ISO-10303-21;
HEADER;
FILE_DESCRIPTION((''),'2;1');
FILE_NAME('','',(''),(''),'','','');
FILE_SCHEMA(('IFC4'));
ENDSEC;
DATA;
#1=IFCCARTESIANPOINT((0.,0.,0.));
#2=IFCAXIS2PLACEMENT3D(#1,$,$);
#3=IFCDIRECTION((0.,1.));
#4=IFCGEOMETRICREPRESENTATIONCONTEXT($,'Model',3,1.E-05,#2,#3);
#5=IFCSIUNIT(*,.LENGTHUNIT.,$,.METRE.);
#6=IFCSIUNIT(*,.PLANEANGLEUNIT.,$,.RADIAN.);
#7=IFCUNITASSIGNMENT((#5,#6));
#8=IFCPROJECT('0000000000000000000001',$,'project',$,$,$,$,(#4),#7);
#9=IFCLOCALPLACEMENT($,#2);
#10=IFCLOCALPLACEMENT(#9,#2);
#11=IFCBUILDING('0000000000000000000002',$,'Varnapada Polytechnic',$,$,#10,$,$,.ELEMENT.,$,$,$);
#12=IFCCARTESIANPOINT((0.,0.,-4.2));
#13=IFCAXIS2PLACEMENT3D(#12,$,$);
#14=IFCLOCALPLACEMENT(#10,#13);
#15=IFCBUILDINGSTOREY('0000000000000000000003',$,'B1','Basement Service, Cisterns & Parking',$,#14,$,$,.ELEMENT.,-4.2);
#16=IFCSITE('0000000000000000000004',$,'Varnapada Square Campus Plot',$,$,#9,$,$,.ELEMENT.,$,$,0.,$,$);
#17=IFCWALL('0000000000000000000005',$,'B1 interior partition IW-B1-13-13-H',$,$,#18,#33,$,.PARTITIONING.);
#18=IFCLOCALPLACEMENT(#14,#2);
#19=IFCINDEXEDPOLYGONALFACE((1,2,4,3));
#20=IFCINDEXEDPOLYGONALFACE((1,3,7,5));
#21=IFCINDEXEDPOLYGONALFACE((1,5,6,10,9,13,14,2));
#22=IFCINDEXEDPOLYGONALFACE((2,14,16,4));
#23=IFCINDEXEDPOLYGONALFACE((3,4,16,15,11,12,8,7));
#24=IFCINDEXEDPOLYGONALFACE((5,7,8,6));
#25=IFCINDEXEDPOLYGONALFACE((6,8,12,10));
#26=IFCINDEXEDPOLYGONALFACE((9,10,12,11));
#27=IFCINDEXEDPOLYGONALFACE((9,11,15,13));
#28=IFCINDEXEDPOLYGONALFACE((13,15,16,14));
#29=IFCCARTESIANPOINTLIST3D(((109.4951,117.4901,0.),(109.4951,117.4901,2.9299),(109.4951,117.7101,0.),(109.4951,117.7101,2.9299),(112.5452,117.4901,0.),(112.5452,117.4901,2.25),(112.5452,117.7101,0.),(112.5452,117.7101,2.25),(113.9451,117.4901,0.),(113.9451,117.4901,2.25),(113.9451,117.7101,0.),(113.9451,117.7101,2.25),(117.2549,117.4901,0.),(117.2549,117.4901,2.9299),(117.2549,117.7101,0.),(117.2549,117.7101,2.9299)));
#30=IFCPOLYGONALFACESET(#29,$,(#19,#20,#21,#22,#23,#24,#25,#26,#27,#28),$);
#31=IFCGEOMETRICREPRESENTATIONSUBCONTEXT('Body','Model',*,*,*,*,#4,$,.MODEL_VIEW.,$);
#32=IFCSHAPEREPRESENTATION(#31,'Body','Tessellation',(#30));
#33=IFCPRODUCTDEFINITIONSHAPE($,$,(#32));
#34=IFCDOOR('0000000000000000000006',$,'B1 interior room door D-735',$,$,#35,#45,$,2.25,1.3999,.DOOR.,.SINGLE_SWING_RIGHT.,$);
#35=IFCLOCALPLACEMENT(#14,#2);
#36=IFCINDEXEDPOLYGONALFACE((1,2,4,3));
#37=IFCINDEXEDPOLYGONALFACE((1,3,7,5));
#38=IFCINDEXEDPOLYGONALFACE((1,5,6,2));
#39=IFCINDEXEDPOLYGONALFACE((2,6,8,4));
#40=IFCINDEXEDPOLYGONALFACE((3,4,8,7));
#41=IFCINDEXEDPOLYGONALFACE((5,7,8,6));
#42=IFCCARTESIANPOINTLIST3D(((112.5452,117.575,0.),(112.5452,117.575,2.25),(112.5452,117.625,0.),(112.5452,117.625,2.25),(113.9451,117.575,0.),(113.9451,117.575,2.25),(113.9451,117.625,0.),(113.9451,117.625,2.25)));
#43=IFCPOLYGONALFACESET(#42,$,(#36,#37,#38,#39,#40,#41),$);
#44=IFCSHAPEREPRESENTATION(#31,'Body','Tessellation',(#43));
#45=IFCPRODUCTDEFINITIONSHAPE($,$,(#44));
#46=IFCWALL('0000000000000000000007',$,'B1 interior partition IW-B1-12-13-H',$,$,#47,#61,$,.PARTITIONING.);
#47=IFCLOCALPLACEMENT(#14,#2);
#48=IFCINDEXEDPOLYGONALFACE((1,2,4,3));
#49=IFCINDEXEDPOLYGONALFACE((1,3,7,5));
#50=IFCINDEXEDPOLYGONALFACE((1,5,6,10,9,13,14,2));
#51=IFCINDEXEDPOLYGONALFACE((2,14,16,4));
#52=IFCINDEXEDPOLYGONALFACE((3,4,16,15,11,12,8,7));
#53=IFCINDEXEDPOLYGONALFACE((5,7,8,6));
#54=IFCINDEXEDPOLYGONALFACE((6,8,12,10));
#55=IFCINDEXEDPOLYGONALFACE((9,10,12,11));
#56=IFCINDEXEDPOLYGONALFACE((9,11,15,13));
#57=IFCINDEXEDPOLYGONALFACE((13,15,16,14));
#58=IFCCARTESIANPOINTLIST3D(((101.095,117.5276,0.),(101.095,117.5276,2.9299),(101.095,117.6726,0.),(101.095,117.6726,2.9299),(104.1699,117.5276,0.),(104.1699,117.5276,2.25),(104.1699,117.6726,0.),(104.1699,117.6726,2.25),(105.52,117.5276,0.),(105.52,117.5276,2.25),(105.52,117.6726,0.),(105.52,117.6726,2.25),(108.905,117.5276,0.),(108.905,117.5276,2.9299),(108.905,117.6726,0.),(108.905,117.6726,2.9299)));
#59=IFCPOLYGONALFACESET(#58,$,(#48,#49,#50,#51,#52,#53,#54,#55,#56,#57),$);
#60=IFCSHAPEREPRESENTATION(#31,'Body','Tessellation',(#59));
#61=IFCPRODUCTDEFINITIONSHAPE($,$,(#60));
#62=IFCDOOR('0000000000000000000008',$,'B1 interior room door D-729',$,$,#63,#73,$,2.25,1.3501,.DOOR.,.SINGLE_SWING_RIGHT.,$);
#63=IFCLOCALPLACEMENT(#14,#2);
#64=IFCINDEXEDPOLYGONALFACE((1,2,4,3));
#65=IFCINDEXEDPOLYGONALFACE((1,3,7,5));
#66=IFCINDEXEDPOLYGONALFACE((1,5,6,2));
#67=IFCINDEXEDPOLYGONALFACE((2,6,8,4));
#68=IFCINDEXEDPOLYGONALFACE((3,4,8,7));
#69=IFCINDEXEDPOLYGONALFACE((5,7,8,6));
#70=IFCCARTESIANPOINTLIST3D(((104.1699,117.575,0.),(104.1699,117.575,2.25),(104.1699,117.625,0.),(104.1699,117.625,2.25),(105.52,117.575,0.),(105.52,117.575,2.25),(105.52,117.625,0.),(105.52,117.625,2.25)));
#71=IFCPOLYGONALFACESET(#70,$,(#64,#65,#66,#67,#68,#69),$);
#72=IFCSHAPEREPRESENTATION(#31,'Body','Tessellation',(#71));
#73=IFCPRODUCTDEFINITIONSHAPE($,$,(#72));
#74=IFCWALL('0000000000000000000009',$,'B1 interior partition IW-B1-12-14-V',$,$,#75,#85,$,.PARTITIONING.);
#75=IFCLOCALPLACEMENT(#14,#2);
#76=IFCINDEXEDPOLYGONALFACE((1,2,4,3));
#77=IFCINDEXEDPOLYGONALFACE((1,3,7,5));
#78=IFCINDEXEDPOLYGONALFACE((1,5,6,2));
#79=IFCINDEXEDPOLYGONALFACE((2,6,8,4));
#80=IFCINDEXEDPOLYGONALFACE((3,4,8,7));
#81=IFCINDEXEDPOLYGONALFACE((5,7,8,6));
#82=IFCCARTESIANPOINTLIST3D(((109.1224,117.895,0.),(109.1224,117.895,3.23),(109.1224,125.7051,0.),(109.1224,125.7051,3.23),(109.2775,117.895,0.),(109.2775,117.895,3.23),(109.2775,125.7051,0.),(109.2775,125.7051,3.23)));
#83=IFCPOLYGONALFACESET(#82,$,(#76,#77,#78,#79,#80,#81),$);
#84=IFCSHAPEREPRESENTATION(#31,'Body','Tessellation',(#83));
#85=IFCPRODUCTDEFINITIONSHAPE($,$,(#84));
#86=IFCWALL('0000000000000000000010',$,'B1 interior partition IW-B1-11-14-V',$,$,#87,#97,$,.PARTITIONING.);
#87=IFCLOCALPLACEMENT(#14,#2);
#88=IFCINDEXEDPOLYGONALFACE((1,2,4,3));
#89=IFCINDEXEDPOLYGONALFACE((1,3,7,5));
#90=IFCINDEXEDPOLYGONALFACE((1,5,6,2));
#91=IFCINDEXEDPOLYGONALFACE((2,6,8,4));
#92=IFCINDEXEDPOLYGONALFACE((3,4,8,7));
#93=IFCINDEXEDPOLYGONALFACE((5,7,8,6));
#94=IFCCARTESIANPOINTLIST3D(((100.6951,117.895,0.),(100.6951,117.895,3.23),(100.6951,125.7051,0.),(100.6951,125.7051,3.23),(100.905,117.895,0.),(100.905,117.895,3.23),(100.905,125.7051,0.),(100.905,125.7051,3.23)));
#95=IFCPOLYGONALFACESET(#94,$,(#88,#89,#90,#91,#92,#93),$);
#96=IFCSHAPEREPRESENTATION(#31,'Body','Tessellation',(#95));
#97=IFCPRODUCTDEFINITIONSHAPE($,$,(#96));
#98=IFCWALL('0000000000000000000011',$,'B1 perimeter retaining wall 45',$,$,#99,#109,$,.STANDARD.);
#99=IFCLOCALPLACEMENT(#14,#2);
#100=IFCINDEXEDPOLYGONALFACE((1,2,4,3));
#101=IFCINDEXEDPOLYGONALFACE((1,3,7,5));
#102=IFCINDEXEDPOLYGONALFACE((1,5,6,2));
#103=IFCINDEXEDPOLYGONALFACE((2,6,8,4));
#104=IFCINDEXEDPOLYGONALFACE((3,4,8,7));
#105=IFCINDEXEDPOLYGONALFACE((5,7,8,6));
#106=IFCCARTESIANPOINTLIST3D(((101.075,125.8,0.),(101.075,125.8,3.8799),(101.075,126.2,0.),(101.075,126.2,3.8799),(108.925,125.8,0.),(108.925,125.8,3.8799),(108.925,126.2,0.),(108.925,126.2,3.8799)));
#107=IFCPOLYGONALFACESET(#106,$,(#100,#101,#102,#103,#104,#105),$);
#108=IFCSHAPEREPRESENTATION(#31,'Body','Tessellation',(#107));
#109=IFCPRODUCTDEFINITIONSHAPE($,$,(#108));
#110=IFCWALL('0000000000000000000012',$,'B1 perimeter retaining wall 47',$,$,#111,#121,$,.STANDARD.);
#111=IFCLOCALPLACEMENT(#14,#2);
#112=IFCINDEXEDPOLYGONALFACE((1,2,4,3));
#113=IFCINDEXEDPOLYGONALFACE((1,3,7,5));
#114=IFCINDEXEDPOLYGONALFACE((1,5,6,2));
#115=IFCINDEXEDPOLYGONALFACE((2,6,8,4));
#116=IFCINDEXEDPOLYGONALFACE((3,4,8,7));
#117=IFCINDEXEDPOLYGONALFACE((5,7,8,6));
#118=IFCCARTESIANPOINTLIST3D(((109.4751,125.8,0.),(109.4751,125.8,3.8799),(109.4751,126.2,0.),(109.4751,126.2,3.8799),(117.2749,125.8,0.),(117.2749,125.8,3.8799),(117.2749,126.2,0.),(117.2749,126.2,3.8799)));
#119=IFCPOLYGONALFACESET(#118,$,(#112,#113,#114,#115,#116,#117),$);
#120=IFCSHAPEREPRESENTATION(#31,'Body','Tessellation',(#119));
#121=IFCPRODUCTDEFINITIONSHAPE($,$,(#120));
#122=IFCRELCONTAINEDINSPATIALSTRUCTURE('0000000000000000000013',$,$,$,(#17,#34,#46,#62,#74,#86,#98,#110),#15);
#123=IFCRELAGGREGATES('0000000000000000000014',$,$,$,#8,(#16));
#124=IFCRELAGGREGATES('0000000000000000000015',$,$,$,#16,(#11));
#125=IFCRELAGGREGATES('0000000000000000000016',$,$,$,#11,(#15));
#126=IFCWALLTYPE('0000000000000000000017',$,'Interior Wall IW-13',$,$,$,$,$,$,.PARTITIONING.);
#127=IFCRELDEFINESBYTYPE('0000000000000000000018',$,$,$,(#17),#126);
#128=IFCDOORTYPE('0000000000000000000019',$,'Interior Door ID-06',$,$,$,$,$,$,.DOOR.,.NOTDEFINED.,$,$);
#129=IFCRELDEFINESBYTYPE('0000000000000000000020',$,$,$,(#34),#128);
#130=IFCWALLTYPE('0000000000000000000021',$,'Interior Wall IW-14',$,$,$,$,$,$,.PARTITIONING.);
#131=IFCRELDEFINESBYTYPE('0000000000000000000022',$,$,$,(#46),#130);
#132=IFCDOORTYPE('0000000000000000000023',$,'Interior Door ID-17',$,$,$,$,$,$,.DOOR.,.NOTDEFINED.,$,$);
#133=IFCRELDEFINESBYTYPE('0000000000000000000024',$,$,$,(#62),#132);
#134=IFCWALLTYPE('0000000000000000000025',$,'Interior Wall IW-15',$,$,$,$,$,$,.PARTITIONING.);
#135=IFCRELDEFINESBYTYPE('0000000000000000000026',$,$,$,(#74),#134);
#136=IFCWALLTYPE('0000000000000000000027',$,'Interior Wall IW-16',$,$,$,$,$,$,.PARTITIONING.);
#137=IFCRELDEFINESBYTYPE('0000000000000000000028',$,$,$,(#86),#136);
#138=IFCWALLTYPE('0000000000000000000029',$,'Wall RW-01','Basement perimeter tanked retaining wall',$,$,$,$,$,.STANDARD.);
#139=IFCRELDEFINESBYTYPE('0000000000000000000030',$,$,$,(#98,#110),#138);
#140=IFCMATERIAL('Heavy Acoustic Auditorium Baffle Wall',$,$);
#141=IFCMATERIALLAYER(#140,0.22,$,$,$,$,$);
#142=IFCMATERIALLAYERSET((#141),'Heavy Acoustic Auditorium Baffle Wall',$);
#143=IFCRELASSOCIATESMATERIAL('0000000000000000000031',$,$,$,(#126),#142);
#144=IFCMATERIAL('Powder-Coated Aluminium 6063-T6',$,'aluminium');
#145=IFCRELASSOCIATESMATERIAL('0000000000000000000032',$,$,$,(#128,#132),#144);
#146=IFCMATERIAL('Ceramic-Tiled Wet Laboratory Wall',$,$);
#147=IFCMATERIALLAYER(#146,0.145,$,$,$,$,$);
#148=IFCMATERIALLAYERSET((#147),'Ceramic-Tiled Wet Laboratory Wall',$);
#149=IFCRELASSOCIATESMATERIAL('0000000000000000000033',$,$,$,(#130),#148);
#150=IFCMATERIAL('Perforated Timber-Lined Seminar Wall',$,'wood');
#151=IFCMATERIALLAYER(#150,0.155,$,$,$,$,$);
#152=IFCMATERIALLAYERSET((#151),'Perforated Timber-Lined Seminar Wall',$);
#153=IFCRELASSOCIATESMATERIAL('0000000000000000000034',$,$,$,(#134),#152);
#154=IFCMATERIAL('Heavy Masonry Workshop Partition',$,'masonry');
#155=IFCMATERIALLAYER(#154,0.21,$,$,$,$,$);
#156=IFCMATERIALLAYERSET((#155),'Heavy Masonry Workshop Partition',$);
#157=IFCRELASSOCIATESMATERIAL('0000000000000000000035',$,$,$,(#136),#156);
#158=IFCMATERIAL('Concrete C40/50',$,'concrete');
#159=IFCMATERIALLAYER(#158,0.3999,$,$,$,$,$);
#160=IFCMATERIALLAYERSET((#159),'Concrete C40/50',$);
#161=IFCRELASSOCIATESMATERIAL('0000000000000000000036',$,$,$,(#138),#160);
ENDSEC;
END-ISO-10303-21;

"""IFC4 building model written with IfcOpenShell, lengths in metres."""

from ifc_helpers import new_model, si_unit, direction, frame, frame_2d, origin, place, context, subcontext, project, spatial, rectangle, extrude, material, layer, layer_set, type_object, element, fill, save


model = new_model("IFC4")

# Units and contexts
model_context = context("Model", 3, precision=1e-05, world=origin(), true_north=direction((0.0, 1.0)))
body_context = subcontext(model_context, "Body", "Model", "MODEL_VIEW")
ifc_project = project(units=[si_unit("LENGTHUNIT", "METRE"), si_unit("PLANEANGLEUNIT", "RADIAN")], contexts=[model_context])

# Site, building, storey
site_placement = place(None, origin())
site = spatial("IfcSite", under=ifc_project, at=site_placement, Name="Varnapada Square Campus Plot", CompositionType="ELEMENT", RefElevation=0.0)
building_placement = place(site_placement, origin())
building = spatial("IfcBuilding", under=site, at=building_placement, Name="Varnapada Polytechnic", CompositionType="ELEMENT")
storey_placement = place(building_placement, frame((0.0, 0.0, -4.2)))
storey = spatial("IfcBuildingStorey", under=building, at=storey_placement, Name="B1", Description="Basement Service, Cisterns & Parking", CompositionType="ELEMENT", Elevation=-4.2)

# Shared definitions
ifc_material_1 = material(Name="Concrete C40/50", Category="concrete")

# Walls, openings, doors
ifc_material_2 = material(Name="Heavy Acoustic Auditorium Baffle Wall")
ifc_layer_1 = layer(ifc_material_2, 0.22)
ifc_layer_set_1 = layer_set([ifc_layer_1], Name="Heavy Acoustic Auditorium Baffle Wall")
wall_type_1 = type_object("IfcWallType", Name="Interior Wall IW-13", PredefinedType="PARTITIONING", material=ifc_layer_set_1)
wall_1_placement = place(storey_placement, frame((109.4951, 117.6001, 0.0), z_axis=(0.0, 0.0, 1.0), x_axis=(1.0, 0.0, 0.0)))
wall_1 = element("IfcWall", 1, at=wall_1_placement, inside=storey, type_object=wall_type_1, Name="B1 interior partition IW-B1-13-13-H", PredefinedType="PARTITIONING", context=body_context, shape_type="SweptSolid", body=[
    extrude(rectangle(XDim=7.7598, YDim=0.22, at=frame_2d((3.8799, 0.0))), origin(), (0.0, 0.0, 1.0), 2.9299),
])
opening_1_placement = place(wall_1_placement, frame((3.05, 0.0, 0.0)))
opening_1 = element("IfcOpeningElement", 2, at=opening_1_placement, cuts=wall_1, PredefinedType="OPENING", context=body_context, shape_type="SweptSolid", body=[
    extrude(rectangle(XDim=1.3999, YDim=2.25, at=frame_2d((0.7, 1.125))), frame((0.0, 0.1199, 0.0), z_axis=(0.0, -1.0, 0.0), x_axis=(1.0, 0.0, 0.0)), (0.0, 0.0, 1.0), 0.24),
])
ifc_material_3 = material(Name="Powder-Coated Aluminium 6063-T6", Category="aluminium")
door_type_1 = type_object("IfcDoorType", Name="Interior Door ID-06", OperationType="NOTDEFINED", PredefinedType="DOOR", material=ifc_material_3)
door_1_placement = place(opening_1_placement, origin())
door_1 = element("IfcDoor", 3, at=door_1_placement, inside=storey, type_object=door_type_1, Name="B1 interior room door D-735", OperationType="SINGLE_SWING_RIGHT", OverallHeight=2.25, OverallWidth=1.3999, PredefinedType="DOOR", context=body_context, shape_type="SweptSolid", body=[
    extrude(rectangle(XDim=1.3999, YDim=2.25, at=frame_2d((0.7, 1.125))), frame((0.0, 0.0249, 0.0), z_axis=(0.0, -1.0, 0.0), x_axis=(1.0, 0.0, 0.0)), (0.0, 0.0, 1.0), 0.05),
])
fill(opening_1, door_1)
ifc_material_4 = material(Name="Ceramic-Tiled Wet Laboratory Wall")
ifc_layer_2 = layer(ifc_material_4, 0.145)
ifc_layer_set_2 = layer_set([ifc_layer_2], Name="Ceramic-Tiled Wet Laboratory Wall")
wall_type_2 = type_object("IfcWallType", Name="Interior Wall IW-14", PredefinedType="PARTITIONING", material=ifc_layer_set_2)
wall_2_placement = place(storey_placement, frame((101.095, 117.6001, 0.0), z_axis=(0.0, 0.0, 1.0), x_axis=(1.0, 0.0, 0.0)))
wall_2 = element("IfcWall", 4, at=wall_2_placement, inside=storey, type_object=wall_type_2, Name="B1 interior partition IW-B1-12-13-H", PredefinedType="PARTITIONING", context=body_context, shape_type="SweptSolid", body=[
    extrude(rectangle(XDim=7.8101, YDim=0.145, at=frame_2d((3.905, 0.0))), origin(), (0.0, 0.0, 1.0), 2.9299),
])
opening_2_placement = place(wall_2_placement, frame((3.075, 0.0, 0.0)))
opening_2 = element("IfcOpeningElement", 5, at=opening_2_placement, cuts=wall_2, PredefinedType="OPENING", context=body_context, shape_type="SweptSolid", body=[
    extrude(rectangle(XDim=1.3501, YDim=2.25, at=frame_2d((0.675, 1.125))), frame((0.0, 0.0825, 0.0), z_axis=(0.0, -1.0, 0.0), x_axis=(1.0, 0.0, 0.0)), (0.0, 0.0, 1.0), 0.165),
])
door_type_2 = type_object("IfcDoorType", Name="Interior Door ID-17", OperationType="NOTDEFINED", PredefinedType="DOOR", material=ifc_material_3)
door_2_placement = place(opening_2_placement, origin())
door_2 = element("IfcDoor", 6, at=door_2_placement, inside=storey, type_object=door_type_2, Name="B1 interior room door D-729", OperationType="SINGLE_SWING_RIGHT", OverallHeight=2.25, OverallWidth=1.3501, PredefinedType="DOOR", context=body_context, shape_type="SweptSolid", body=[
    extrude(rectangle(XDim=1.3501, YDim=2.25, at=frame_2d((0.675, 1.125))), frame((0.0, 0.0249, 0.0), z_axis=(0.0, -1.0, 0.0), x_axis=(1.0, 0.0, 0.0)), (0.0, 0.0, 1.0), 0.05),
])
fill(opening_2, door_2)

# Walls
ifc_material_5 = material(Name="Perforated Timber-Lined Seminar Wall", Category="wood")
ifc_layer_3 = layer(ifc_material_5, 0.155)
ifc_layer_set_3 = layer_set([ifc_layer_3], Name="Perforated Timber-Lined Seminar Wall")
wall_type_3 = type_object("IfcWallType", Name="Interior Wall IW-15", PredefinedType="PARTITIONING", material=ifc_layer_set_3)
wall_3_placement = place(storey_placement, frame((109.2, 117.895, 0.0), z_axis=(0.0, 0.0, 1.0), x_axis=(0.0, 1.0, 0.0)))
element("IfcWall", 7, at=wall_3_placement, inside=storey, type_object=wall_type_3, Name="B1 interior partition IW-B1-12-14-V", PredefinedType="PARTITIONING", context=body_context, shape_type="SweptSolid", body=[
    extrude(rectangle(XDim=7.8101, YDim=0.155, at=frame_2d((3.905, 0.0))), origin(), (0.0, 0.0, 1.0), 3.23),
])
ifc_material_6 = material(Name="Heavy Masonry Workshop Partition", Category="masonry")
ifc_layer_4 = layer(ifc_material_6, 0.21)
ifc_layer_set_4 = layer_set([ifc_layer_4], Name="Heavy Masonry Workshop Partition")
wall_type_4 = type_object("IfcWallType", Name="Interior Wall IW-16", PredefinedType="PARTITIONING", material=ifc_layer_set_4)
wall_4_placement = place(storey_placement, frame((100.8, 117.895, 0.0), z_axis=(0.0, 0.0, 1.0), x_axis=(0.0, 1.0, 0.0)))
element("IfcWall", 8, at=wall_4_placement, inside=storey, type_object=wall_type_4, Name="B1 interior partition IW-B1-11-14-V", PredefinedType="PARTITIONING", context=body_context, shape_type="SweptSolid", body=[
    extrude(rectangle(XDim=7.8101, YDim=0.21, at=frame_2d((3.905, 0.0))), origin(), (0.0, 0.0, 1.0), 3.23),
])
ifc_layer_5 = layer(ifc_material_1, 0.3999)
ifc_layer_set_5 = layer_set([ifc_layer_5], Name="Concrete C40/50")
wall_type_5 = type_object("IfcWallType", Name="Wall RW-01", Description="Basement perimeter tanked retaining wall", PredefinedType="STANDARD", material=ifc_layer_set_5)
wall_5_placement = place(storey_placement, frame((101.075, 126.0, 0.0), z_axis=(0.0, 0.0, 1.0), x_axis=(1.0, 0.0, 0.0)))
element("IfcWall", 9, at=wall_5_placement, inside=storey, type_object=wall_type_5, Name="B1 perimeter retaining wall 45", PredefinedType="STANDARD", context=body_context, shape_type="SweptSolid", body=[
    extrude(rectangle(XDim=7.8501, YDim=0.3999, at=frame_2d((3.925, 0.0))), origin(), (0.0, 0.0, 1.0), 3.8799),
])
wall_6_placement = place(storey_placement, frame((109.4751, 126.0, 0.0), z_axis=(0.0, 0.0, 1.0), x_axis=(1.0, 0.0, 0.0)))
element("IfcWall", 10, at=wall_6_placement, inside=storey, type_object=wall_type_5, Name="B1 perimeter retaining wall 47", PredefinedType="STANDARD", context=body_context, shape_type="SweptSolid", body=[
    extrude(rectangle(XDim=7.7998, YDim=0.3999, at=frame_2d((3.8999, 0.0))), origin(), (0.0, 0.0, 1.0), 3.8799),
])

save(model, "model.ifc")
